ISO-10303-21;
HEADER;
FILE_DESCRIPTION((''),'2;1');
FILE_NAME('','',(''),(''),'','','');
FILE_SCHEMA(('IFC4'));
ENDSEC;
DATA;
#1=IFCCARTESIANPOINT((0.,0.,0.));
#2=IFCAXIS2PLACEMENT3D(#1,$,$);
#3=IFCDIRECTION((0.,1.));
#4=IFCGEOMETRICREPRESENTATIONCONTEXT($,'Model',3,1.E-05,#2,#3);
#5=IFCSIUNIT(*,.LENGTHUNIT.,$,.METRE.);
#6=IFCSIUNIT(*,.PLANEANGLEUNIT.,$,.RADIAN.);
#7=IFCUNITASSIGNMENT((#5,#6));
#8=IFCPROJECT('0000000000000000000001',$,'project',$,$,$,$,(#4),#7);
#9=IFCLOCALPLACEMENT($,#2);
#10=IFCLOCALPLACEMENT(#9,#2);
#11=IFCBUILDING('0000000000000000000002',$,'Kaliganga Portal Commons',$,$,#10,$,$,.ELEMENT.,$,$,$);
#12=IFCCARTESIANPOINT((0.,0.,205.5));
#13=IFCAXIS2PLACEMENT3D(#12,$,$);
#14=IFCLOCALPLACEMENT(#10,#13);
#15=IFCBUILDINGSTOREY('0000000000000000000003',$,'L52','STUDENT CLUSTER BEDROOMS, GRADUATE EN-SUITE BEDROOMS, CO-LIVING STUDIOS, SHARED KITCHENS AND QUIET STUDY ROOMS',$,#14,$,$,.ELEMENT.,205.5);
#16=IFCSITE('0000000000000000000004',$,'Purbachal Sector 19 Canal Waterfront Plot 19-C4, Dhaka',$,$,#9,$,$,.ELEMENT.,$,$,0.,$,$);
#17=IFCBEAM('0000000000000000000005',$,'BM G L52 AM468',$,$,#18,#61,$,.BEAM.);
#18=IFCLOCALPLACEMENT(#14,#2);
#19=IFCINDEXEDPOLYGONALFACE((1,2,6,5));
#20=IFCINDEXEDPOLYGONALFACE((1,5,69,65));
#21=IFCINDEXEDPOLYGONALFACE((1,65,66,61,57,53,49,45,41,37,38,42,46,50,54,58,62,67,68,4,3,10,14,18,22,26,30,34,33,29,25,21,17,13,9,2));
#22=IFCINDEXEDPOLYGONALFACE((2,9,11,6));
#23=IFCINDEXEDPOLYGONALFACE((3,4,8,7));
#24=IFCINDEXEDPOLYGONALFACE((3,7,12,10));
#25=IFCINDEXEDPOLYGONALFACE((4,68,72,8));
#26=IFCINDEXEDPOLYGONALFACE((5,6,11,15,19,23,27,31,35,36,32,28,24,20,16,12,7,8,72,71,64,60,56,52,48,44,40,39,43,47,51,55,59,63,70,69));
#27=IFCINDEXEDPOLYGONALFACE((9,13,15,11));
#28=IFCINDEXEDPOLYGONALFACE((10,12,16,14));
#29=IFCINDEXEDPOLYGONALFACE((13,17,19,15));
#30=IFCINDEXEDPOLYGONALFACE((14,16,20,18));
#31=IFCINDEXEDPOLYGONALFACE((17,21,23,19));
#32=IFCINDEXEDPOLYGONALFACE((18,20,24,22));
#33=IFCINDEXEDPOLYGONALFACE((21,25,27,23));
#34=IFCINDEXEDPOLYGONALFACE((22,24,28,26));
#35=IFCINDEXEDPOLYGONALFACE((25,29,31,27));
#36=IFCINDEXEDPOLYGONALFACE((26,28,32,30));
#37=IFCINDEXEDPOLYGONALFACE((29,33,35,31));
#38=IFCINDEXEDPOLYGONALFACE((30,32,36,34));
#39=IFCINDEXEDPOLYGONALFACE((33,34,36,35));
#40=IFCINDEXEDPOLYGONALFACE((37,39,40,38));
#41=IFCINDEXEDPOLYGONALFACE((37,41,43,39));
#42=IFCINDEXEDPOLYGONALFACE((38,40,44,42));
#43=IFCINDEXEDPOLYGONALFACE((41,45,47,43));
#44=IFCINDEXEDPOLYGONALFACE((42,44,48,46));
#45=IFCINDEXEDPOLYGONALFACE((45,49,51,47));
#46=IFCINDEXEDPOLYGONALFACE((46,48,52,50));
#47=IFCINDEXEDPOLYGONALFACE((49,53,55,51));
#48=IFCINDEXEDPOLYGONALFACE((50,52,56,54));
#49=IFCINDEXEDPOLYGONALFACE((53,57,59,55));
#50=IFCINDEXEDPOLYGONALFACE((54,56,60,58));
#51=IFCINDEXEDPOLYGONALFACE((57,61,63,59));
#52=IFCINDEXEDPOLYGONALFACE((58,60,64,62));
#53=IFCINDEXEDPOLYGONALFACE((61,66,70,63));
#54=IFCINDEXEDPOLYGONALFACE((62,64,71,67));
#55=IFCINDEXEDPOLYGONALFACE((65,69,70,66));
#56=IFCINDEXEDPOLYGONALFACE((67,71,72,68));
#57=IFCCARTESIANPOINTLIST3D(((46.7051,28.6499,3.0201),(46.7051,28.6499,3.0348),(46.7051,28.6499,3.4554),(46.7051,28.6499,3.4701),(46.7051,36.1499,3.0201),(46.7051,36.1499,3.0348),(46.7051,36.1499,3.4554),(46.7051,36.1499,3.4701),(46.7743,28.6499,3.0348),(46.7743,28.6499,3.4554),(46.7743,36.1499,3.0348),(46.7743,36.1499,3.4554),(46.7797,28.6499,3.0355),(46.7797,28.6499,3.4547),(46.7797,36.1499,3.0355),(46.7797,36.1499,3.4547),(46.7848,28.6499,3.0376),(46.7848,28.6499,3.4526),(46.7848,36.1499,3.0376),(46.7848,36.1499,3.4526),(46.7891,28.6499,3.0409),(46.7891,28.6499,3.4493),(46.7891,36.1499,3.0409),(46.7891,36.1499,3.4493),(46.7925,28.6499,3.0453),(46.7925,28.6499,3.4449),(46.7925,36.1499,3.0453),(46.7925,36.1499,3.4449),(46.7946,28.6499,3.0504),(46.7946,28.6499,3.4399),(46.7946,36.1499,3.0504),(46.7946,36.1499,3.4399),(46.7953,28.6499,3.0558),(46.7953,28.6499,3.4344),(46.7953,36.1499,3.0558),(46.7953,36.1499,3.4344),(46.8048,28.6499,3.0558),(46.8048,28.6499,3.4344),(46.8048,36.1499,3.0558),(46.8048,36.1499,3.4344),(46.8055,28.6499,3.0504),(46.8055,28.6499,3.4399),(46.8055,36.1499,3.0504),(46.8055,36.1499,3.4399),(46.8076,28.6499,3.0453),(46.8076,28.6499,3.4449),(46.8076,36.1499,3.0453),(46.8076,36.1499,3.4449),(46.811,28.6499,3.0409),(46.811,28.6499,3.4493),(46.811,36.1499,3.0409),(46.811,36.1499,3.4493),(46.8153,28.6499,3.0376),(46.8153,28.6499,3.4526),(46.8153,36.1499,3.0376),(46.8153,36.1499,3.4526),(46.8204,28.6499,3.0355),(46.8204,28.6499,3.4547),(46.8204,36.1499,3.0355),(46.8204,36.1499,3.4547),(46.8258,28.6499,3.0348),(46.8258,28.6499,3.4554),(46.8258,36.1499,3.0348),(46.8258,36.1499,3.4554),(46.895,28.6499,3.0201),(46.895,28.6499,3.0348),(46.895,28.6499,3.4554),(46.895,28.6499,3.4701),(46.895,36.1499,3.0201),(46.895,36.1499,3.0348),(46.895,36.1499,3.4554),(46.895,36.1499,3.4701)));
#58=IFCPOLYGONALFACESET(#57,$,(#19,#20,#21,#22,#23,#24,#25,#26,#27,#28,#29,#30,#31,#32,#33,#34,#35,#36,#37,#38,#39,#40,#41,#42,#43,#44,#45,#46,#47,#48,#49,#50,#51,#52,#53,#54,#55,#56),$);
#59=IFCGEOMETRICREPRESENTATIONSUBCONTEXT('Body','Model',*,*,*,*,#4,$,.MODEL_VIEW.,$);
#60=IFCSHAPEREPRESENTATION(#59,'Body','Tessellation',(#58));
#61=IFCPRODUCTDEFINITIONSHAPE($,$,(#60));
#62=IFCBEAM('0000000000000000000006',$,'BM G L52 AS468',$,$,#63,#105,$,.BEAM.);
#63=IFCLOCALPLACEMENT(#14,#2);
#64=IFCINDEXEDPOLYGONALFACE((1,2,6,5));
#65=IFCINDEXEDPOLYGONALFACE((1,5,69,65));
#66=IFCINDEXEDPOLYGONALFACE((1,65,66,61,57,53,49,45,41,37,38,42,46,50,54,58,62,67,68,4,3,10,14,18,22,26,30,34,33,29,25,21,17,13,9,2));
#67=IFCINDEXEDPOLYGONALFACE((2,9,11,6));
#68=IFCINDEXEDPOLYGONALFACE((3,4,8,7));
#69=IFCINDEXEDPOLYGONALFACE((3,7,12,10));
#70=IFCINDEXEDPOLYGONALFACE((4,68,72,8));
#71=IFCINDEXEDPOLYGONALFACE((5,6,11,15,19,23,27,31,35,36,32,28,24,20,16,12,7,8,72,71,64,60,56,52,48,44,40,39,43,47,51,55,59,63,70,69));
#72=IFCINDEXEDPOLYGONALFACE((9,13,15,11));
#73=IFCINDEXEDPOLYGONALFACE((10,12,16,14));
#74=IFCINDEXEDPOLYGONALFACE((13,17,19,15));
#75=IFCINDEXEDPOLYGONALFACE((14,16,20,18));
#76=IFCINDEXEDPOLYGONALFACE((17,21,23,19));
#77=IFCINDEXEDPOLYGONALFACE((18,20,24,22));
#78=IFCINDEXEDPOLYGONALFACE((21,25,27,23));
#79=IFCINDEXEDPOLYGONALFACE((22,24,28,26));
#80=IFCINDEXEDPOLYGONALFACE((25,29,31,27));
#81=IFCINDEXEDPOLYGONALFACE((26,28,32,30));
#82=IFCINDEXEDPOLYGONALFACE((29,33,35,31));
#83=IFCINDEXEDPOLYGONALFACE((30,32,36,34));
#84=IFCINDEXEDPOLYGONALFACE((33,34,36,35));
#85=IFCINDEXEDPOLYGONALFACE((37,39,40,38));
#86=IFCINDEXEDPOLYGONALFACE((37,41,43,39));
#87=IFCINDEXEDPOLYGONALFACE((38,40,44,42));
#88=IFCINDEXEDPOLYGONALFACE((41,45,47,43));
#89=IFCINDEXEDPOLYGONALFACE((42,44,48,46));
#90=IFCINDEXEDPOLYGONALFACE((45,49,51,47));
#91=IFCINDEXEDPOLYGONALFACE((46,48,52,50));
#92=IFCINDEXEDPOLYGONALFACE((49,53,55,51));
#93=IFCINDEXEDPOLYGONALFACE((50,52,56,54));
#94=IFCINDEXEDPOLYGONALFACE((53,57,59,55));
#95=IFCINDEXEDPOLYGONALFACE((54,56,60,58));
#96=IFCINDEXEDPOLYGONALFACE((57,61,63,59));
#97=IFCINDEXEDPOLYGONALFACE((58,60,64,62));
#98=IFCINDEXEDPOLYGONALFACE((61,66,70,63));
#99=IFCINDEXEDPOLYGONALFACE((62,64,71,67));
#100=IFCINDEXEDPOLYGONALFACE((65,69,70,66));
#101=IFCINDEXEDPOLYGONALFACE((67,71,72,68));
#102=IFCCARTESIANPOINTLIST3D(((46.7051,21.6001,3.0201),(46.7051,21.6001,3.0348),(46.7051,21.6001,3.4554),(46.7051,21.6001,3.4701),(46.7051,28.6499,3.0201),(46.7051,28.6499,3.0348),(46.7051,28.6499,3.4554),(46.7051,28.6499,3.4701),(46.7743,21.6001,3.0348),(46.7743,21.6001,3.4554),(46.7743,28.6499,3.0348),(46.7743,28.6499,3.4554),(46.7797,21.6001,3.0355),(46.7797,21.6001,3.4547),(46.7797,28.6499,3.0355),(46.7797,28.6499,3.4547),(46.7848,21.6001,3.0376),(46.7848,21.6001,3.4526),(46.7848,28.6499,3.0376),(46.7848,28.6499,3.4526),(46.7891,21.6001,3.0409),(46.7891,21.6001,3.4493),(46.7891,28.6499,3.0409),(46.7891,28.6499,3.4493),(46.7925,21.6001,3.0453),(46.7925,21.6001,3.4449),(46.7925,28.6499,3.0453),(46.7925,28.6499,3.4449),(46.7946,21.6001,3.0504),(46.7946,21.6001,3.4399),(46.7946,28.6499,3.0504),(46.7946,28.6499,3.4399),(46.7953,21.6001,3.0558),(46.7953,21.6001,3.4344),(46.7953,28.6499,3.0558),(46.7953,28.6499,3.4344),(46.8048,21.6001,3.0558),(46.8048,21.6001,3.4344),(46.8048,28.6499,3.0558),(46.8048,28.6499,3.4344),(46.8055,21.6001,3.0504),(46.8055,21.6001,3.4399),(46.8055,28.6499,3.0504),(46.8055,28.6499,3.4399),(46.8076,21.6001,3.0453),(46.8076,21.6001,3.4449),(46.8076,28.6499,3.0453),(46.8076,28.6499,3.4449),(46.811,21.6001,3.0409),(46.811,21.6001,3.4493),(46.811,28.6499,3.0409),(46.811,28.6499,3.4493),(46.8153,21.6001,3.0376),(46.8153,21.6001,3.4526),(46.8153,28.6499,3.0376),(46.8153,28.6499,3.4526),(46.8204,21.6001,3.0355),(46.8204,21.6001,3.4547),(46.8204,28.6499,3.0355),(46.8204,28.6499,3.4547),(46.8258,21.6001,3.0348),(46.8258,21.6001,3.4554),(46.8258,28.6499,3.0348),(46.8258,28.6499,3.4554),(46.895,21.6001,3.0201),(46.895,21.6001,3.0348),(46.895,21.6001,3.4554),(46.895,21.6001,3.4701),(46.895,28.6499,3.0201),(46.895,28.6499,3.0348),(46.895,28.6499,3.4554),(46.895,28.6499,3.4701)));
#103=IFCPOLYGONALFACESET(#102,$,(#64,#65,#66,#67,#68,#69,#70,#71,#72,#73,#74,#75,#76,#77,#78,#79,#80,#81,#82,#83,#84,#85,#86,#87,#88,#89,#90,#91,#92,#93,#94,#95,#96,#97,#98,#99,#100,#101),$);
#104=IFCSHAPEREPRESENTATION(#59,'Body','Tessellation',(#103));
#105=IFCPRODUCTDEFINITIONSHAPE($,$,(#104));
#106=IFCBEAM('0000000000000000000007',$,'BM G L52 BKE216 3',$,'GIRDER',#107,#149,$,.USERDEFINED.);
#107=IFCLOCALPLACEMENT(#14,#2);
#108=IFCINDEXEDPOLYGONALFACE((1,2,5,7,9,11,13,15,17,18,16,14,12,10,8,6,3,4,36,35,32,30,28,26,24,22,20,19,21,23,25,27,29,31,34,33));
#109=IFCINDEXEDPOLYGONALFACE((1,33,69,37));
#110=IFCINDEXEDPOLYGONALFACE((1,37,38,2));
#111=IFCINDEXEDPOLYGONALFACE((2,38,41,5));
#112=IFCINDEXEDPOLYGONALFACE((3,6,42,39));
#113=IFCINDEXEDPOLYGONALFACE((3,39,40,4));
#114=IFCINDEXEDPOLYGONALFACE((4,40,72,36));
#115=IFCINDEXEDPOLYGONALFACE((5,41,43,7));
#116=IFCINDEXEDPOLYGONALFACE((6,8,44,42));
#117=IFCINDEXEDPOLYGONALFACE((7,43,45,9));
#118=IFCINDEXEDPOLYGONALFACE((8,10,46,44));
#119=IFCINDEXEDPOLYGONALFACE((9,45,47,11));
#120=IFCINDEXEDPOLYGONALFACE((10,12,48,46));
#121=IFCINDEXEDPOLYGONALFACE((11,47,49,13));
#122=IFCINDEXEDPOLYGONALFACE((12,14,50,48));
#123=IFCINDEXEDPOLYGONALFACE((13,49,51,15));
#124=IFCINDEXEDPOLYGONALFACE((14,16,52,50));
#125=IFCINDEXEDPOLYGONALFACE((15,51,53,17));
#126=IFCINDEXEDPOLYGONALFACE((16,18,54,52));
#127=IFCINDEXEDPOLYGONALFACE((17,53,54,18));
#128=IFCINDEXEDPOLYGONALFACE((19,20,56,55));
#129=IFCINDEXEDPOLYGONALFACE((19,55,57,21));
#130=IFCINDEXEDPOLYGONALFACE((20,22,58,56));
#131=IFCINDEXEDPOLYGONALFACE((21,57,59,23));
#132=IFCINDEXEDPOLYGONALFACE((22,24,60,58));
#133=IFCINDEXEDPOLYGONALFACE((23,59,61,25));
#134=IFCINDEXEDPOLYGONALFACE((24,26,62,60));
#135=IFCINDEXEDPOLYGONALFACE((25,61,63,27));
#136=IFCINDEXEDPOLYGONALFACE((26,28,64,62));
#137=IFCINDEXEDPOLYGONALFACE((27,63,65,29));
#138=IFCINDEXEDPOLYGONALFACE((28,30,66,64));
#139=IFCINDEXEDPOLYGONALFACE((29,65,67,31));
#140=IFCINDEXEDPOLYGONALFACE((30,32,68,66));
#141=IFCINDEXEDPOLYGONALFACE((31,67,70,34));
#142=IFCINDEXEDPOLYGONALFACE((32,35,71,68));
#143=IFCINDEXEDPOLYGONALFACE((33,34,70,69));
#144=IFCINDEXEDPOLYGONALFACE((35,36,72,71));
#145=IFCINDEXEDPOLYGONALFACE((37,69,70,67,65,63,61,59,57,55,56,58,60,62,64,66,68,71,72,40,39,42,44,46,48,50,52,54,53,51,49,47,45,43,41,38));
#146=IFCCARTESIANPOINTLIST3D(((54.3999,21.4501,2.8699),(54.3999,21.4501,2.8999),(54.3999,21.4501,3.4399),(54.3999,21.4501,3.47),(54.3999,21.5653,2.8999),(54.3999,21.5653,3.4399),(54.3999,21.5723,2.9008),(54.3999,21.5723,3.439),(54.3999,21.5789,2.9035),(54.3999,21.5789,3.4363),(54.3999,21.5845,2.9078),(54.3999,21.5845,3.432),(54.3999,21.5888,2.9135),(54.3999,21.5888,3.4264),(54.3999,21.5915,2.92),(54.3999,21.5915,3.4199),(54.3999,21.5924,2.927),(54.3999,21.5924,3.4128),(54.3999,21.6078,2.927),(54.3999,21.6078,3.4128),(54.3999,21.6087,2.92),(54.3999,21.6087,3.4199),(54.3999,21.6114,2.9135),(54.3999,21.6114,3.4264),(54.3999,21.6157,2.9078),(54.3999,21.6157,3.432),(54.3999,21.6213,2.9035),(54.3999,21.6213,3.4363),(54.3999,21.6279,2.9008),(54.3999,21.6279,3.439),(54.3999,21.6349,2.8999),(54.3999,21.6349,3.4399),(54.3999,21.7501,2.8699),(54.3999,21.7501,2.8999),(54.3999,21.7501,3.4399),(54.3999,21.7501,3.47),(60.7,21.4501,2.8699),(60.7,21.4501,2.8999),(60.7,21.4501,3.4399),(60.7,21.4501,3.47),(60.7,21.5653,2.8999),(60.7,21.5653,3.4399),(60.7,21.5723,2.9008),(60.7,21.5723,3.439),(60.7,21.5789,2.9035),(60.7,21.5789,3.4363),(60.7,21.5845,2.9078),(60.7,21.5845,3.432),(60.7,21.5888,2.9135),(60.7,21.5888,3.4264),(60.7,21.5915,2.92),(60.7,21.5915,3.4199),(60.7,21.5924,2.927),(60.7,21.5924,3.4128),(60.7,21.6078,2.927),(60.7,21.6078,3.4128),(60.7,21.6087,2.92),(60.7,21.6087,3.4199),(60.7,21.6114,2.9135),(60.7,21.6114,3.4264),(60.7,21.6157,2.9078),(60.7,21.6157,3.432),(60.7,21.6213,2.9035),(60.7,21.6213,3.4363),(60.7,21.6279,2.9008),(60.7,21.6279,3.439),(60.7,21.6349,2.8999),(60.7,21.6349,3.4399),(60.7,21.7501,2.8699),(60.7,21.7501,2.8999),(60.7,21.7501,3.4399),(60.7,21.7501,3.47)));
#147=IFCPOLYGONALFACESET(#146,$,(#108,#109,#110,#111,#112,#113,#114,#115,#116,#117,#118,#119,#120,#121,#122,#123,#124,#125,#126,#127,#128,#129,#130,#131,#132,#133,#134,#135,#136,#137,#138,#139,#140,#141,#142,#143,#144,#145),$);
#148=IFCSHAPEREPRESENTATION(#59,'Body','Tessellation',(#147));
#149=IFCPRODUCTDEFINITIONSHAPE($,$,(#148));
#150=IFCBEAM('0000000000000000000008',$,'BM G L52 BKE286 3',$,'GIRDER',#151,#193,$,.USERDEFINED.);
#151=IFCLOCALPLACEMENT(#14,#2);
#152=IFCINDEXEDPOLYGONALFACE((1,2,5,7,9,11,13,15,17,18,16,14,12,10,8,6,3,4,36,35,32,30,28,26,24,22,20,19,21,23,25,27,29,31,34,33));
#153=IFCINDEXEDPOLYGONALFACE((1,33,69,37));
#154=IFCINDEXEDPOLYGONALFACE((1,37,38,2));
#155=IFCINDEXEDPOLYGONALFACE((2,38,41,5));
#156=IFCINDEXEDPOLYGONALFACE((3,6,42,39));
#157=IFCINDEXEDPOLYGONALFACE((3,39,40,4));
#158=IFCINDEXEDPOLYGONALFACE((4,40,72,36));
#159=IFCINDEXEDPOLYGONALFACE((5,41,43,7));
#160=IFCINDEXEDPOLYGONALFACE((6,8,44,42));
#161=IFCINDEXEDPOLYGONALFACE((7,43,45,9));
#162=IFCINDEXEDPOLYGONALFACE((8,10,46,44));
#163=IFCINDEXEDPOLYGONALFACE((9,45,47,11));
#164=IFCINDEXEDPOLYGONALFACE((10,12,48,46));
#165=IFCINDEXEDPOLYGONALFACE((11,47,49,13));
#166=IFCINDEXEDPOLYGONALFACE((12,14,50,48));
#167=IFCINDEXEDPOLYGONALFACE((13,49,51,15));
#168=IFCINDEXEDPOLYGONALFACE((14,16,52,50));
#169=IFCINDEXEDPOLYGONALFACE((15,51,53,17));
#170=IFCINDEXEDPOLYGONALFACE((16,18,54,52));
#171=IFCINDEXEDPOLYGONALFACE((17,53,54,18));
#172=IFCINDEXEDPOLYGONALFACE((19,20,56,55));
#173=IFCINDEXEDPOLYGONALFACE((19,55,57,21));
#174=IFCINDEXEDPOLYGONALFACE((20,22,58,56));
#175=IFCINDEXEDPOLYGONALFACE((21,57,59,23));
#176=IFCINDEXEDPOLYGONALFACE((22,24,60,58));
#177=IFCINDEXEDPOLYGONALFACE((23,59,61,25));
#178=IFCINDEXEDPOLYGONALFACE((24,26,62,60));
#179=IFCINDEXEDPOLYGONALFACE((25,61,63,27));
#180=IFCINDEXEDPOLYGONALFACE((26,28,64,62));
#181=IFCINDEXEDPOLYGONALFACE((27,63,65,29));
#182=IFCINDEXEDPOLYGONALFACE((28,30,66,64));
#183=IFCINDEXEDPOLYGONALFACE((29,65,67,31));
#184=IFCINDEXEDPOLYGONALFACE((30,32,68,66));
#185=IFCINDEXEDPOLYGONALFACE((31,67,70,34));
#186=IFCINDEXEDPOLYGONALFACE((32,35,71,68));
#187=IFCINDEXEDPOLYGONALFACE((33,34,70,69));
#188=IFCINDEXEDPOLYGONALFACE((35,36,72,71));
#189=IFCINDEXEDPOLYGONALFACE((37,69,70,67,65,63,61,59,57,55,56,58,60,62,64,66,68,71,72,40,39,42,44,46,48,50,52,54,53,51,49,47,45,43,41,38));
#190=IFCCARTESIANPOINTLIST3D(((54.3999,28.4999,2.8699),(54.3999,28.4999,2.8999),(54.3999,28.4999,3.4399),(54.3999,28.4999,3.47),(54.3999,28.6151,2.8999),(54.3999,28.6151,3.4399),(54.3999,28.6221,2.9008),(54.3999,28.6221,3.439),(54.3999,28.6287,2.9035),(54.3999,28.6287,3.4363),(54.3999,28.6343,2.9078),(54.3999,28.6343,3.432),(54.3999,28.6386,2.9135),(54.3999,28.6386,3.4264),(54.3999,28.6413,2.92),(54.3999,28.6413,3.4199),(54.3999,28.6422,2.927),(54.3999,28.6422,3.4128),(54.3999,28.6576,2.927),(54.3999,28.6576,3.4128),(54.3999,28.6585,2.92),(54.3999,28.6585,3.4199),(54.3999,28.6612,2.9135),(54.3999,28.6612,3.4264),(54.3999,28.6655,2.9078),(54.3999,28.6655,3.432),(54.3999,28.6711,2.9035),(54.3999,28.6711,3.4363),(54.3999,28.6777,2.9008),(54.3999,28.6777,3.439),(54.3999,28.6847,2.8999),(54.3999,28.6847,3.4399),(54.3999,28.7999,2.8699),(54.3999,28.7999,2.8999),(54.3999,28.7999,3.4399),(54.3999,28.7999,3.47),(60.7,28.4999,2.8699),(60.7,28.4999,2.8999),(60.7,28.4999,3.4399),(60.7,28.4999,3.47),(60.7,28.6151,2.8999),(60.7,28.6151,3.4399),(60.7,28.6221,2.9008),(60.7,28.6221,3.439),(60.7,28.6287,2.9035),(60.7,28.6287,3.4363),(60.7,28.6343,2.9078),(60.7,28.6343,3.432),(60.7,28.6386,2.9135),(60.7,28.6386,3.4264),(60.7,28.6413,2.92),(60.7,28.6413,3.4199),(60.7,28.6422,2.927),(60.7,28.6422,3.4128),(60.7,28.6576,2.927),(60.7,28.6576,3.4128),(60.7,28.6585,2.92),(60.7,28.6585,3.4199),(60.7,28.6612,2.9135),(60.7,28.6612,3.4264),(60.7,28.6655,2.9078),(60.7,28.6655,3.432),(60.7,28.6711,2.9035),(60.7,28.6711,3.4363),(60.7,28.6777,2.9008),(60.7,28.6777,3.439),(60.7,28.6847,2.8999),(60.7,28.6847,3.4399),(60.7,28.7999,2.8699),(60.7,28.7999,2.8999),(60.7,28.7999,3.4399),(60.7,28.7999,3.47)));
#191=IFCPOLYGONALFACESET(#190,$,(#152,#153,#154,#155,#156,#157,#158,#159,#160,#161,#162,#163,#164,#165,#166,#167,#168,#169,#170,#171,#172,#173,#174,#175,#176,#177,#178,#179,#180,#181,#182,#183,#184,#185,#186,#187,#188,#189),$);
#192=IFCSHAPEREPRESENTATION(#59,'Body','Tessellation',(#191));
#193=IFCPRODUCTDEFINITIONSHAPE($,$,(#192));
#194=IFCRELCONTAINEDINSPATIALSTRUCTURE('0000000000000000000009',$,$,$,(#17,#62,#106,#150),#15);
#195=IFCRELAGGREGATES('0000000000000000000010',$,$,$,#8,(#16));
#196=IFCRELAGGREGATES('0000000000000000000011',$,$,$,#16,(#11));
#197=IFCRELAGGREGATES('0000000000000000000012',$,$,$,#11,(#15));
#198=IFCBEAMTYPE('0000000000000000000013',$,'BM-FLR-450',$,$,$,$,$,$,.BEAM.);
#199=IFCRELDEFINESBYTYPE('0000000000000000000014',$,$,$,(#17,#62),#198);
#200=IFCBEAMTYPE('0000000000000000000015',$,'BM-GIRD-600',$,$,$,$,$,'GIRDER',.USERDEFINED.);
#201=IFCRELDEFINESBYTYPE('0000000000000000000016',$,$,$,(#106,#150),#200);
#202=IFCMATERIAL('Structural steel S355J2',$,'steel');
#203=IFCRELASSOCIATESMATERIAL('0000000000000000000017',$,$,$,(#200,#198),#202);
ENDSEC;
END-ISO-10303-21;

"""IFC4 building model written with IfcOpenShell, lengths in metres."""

from ifc_helpers import new_model, si_unit, direction, frame, origin, origin_2d, place, context, subcontext, project, spatial, i_section, extrude, source, transform, mapped, material, material_profile, profile_set, type_object, element, save


model = new_model("IFC4")

# Units and contexts
model_context = context("Model", 3, precision=1e-05, world=origin(), true_north=direction((0.0, 1.0)))
body_context = subcontext(model_context, "Body", "Model", "MODEL_VIEW")
ifc_project = project(units=[si_unit("LENGTHUNIT", "METRE"), si_unit("PLANEANGLEUNIT", "RADIAN")], contexts=[model_context])

# Site, building, storey
site_placement = place(None, origin())
site = spatial("IfcSite", under=ifc_project, at=site_placement, Name="Purbachal Sector 19 Canal Waterfront Plot 19-C4, Dhaka", CompositionType="ELEMENT", RefElevation=0.0)
building_placement = place(site_placement, origin())
building = spatial("IfcBuilding", under=site, at=building_placement, Name="Kaliganga Portal Commons", CompositionType="ELEMENT")
storey_placement = place(building_placement, frame((0.0, 0.0, 205.5)))
storey = spatial("IfcBuildingStorey", under=building, at=storey_placement, Name="L52", Description="STUDENT CLUSTER BEDROOMS, GRADUATE EN-SUITE BEDROOMS, CO-LIVING STUDIOS, SHARED KITCHENS AND QUIET STUDY ROOMS", CompositionType="ELEMENT", Elevation=205.5)

# Shared definitions
ifc_material_1 = material(Name="Structural steel S355J2", Category="steel")

# Beams
ifc_material_profile_1 = material_profile(ifc_material_1, i_section(OverallWidth=0.3, OverallDepth=0.6001, WebThickness=0.0154, FlangeThickness=0.03, FilletRadius=0.0271, at=origin_2d()), Name="HE 600 B")
ifc_profile_set_1 = profile_set([ifc_material_profile_1], Name="Structural steel S355J2 wide-flange")
beam_type_1 = type_object("IfcBeamType", Name="BM-GIRD-600", ElementType="GIRDER", PredefinedType="USERDEFINED", material=ifc_profile_set_1)
ifc_material_profile_2 = material_profile(ifc_material_1, i_section(OverallWidth=0.1899, OverallDepth=0.45, WebThickness=0.0095, FlangeThickness=0.0146, FilletRadius=0.021, at=origin_2d()), Name="IPE 450")
ifc_profile_set_2 = profile_set([ifc_material_profile_2], Name="Structural steel S355J2 wide-flange")
beam_type_2 = type_object("IfcBeamType", Name="BM-FLR-450", PredefinedType="BEAM", material=ifc_profile_set_2)
shared_shape_1 = source(origin(), body_context, "Body", "SweptSolid", [
    extrude(i_section(OverallWidth=0.1899, OverallDepth=0.45, WebThickness=0.0095, FlangeThickness=0.0146, FilletRadius=0.021, at=origin_2d()), origin(), (0.0, 0.0, 1.0), 7.5),
])
beam_1_placement = place(storey_placement, frame((46.8, 28.6499, 3.2451), z_axis=(0.0, 1.0, 0.0), x_axis=(-1.0, 0.0, 0.0)))
element("IfcBeam", 1, at=beam_1_placement, inside=storey, type_object=beam_type_2, Name="BM G L52 AM468", PredefinedType="BEAM", context=body_context, shape_type="MappedRepresentation", body=[
    mapped(shared_shape_1, transform((0.0, 0.0, 0.0), x_axis=(1.0, 0.0, 0.0), y_axis=(0.0, 1.0, 0.0), z_axis=(0.0, 0.0, 1.0), scale=1.0)),
])
shared_shape_2 = source(origin(), body_context, "Body", "SweptSolid", [
    extrude(i_section(OverallWidth=0.1899, OverallDepth=0.45, WebThickness=0.0095, FlangeThickness=0.0146, FilletRadius=0.021, at=origin_2d()), origin(), (0.0, 0.0, 1.0), 7.0498),
])
beam_2_placement = place(storey_placement, frame((46.8, 21.6001, 3.2451), z_axis=(0.0, 1.0, 0.0), x_axis=(-1.0, 0.0, 0.0)))
element("IfcBeam", 2, at=beam_2_placement, inside=storey, type_object=beam_type_2, Name="BM G L52 AS468", PredefinedType="BEAM", context=body_context, shape_type="MappedRepresentation", body=[
    mapped(shared_shape_2, transform((0.0, 0.0, 0.0), x_axis=(1.0, 0.0, 0.0), y_axis=(0.0, 1.0, 0.0), z_axis=(0.0, 0.0, 1.0), scale=1.0)),
])
shared_shape_3 = source(origin(), body_context, "Body", "SweptSolid", [
    extrude(i_section(OverallWidth=0.3, OverallDepth=0.6001, WebThickness=0.0154, FlangeThickness=0.03, FilletRadius=0.0271, at=origin_2d()), origin(), (0.0, 0.0, 1.0), 6.3),
])
for number, where, z_axis, x_axis, name in (
    (3, (54.3999, 21.6001, 3.1699), (1.0, 0.0, 0.0), (0.0, 1.0, 0.0), "BM G L52 BKE216 3"),
    (4, (54.3999, 28.6499, 3.1699), (1.0, 0.0, 0.0), (0.0, 1.0, 0.0), "BM G L52 BKE286 3"),
):
    element("IfcBeam", number, at=place(storey_placement, frame(where, z_axis=z_axis, x_axis=x_axis)), inside=storey, type_object=beam_type_1, Name=name, ObjectType="GIRDER", PredefinedType="USERDEFINED", context=body_context, shape_type="MappedRepresentation", body=[
        mapped(shared_shape_3, transform((0.0, 0.0, 0.0), x_axis=(1.0, 0.0, 0.0), y_axis=(0.0, 1.0, 0.0), z_axis=(0.0, 0.0, 1.0), scale=1.0)),
    ])

save(model, "model.ifc")
